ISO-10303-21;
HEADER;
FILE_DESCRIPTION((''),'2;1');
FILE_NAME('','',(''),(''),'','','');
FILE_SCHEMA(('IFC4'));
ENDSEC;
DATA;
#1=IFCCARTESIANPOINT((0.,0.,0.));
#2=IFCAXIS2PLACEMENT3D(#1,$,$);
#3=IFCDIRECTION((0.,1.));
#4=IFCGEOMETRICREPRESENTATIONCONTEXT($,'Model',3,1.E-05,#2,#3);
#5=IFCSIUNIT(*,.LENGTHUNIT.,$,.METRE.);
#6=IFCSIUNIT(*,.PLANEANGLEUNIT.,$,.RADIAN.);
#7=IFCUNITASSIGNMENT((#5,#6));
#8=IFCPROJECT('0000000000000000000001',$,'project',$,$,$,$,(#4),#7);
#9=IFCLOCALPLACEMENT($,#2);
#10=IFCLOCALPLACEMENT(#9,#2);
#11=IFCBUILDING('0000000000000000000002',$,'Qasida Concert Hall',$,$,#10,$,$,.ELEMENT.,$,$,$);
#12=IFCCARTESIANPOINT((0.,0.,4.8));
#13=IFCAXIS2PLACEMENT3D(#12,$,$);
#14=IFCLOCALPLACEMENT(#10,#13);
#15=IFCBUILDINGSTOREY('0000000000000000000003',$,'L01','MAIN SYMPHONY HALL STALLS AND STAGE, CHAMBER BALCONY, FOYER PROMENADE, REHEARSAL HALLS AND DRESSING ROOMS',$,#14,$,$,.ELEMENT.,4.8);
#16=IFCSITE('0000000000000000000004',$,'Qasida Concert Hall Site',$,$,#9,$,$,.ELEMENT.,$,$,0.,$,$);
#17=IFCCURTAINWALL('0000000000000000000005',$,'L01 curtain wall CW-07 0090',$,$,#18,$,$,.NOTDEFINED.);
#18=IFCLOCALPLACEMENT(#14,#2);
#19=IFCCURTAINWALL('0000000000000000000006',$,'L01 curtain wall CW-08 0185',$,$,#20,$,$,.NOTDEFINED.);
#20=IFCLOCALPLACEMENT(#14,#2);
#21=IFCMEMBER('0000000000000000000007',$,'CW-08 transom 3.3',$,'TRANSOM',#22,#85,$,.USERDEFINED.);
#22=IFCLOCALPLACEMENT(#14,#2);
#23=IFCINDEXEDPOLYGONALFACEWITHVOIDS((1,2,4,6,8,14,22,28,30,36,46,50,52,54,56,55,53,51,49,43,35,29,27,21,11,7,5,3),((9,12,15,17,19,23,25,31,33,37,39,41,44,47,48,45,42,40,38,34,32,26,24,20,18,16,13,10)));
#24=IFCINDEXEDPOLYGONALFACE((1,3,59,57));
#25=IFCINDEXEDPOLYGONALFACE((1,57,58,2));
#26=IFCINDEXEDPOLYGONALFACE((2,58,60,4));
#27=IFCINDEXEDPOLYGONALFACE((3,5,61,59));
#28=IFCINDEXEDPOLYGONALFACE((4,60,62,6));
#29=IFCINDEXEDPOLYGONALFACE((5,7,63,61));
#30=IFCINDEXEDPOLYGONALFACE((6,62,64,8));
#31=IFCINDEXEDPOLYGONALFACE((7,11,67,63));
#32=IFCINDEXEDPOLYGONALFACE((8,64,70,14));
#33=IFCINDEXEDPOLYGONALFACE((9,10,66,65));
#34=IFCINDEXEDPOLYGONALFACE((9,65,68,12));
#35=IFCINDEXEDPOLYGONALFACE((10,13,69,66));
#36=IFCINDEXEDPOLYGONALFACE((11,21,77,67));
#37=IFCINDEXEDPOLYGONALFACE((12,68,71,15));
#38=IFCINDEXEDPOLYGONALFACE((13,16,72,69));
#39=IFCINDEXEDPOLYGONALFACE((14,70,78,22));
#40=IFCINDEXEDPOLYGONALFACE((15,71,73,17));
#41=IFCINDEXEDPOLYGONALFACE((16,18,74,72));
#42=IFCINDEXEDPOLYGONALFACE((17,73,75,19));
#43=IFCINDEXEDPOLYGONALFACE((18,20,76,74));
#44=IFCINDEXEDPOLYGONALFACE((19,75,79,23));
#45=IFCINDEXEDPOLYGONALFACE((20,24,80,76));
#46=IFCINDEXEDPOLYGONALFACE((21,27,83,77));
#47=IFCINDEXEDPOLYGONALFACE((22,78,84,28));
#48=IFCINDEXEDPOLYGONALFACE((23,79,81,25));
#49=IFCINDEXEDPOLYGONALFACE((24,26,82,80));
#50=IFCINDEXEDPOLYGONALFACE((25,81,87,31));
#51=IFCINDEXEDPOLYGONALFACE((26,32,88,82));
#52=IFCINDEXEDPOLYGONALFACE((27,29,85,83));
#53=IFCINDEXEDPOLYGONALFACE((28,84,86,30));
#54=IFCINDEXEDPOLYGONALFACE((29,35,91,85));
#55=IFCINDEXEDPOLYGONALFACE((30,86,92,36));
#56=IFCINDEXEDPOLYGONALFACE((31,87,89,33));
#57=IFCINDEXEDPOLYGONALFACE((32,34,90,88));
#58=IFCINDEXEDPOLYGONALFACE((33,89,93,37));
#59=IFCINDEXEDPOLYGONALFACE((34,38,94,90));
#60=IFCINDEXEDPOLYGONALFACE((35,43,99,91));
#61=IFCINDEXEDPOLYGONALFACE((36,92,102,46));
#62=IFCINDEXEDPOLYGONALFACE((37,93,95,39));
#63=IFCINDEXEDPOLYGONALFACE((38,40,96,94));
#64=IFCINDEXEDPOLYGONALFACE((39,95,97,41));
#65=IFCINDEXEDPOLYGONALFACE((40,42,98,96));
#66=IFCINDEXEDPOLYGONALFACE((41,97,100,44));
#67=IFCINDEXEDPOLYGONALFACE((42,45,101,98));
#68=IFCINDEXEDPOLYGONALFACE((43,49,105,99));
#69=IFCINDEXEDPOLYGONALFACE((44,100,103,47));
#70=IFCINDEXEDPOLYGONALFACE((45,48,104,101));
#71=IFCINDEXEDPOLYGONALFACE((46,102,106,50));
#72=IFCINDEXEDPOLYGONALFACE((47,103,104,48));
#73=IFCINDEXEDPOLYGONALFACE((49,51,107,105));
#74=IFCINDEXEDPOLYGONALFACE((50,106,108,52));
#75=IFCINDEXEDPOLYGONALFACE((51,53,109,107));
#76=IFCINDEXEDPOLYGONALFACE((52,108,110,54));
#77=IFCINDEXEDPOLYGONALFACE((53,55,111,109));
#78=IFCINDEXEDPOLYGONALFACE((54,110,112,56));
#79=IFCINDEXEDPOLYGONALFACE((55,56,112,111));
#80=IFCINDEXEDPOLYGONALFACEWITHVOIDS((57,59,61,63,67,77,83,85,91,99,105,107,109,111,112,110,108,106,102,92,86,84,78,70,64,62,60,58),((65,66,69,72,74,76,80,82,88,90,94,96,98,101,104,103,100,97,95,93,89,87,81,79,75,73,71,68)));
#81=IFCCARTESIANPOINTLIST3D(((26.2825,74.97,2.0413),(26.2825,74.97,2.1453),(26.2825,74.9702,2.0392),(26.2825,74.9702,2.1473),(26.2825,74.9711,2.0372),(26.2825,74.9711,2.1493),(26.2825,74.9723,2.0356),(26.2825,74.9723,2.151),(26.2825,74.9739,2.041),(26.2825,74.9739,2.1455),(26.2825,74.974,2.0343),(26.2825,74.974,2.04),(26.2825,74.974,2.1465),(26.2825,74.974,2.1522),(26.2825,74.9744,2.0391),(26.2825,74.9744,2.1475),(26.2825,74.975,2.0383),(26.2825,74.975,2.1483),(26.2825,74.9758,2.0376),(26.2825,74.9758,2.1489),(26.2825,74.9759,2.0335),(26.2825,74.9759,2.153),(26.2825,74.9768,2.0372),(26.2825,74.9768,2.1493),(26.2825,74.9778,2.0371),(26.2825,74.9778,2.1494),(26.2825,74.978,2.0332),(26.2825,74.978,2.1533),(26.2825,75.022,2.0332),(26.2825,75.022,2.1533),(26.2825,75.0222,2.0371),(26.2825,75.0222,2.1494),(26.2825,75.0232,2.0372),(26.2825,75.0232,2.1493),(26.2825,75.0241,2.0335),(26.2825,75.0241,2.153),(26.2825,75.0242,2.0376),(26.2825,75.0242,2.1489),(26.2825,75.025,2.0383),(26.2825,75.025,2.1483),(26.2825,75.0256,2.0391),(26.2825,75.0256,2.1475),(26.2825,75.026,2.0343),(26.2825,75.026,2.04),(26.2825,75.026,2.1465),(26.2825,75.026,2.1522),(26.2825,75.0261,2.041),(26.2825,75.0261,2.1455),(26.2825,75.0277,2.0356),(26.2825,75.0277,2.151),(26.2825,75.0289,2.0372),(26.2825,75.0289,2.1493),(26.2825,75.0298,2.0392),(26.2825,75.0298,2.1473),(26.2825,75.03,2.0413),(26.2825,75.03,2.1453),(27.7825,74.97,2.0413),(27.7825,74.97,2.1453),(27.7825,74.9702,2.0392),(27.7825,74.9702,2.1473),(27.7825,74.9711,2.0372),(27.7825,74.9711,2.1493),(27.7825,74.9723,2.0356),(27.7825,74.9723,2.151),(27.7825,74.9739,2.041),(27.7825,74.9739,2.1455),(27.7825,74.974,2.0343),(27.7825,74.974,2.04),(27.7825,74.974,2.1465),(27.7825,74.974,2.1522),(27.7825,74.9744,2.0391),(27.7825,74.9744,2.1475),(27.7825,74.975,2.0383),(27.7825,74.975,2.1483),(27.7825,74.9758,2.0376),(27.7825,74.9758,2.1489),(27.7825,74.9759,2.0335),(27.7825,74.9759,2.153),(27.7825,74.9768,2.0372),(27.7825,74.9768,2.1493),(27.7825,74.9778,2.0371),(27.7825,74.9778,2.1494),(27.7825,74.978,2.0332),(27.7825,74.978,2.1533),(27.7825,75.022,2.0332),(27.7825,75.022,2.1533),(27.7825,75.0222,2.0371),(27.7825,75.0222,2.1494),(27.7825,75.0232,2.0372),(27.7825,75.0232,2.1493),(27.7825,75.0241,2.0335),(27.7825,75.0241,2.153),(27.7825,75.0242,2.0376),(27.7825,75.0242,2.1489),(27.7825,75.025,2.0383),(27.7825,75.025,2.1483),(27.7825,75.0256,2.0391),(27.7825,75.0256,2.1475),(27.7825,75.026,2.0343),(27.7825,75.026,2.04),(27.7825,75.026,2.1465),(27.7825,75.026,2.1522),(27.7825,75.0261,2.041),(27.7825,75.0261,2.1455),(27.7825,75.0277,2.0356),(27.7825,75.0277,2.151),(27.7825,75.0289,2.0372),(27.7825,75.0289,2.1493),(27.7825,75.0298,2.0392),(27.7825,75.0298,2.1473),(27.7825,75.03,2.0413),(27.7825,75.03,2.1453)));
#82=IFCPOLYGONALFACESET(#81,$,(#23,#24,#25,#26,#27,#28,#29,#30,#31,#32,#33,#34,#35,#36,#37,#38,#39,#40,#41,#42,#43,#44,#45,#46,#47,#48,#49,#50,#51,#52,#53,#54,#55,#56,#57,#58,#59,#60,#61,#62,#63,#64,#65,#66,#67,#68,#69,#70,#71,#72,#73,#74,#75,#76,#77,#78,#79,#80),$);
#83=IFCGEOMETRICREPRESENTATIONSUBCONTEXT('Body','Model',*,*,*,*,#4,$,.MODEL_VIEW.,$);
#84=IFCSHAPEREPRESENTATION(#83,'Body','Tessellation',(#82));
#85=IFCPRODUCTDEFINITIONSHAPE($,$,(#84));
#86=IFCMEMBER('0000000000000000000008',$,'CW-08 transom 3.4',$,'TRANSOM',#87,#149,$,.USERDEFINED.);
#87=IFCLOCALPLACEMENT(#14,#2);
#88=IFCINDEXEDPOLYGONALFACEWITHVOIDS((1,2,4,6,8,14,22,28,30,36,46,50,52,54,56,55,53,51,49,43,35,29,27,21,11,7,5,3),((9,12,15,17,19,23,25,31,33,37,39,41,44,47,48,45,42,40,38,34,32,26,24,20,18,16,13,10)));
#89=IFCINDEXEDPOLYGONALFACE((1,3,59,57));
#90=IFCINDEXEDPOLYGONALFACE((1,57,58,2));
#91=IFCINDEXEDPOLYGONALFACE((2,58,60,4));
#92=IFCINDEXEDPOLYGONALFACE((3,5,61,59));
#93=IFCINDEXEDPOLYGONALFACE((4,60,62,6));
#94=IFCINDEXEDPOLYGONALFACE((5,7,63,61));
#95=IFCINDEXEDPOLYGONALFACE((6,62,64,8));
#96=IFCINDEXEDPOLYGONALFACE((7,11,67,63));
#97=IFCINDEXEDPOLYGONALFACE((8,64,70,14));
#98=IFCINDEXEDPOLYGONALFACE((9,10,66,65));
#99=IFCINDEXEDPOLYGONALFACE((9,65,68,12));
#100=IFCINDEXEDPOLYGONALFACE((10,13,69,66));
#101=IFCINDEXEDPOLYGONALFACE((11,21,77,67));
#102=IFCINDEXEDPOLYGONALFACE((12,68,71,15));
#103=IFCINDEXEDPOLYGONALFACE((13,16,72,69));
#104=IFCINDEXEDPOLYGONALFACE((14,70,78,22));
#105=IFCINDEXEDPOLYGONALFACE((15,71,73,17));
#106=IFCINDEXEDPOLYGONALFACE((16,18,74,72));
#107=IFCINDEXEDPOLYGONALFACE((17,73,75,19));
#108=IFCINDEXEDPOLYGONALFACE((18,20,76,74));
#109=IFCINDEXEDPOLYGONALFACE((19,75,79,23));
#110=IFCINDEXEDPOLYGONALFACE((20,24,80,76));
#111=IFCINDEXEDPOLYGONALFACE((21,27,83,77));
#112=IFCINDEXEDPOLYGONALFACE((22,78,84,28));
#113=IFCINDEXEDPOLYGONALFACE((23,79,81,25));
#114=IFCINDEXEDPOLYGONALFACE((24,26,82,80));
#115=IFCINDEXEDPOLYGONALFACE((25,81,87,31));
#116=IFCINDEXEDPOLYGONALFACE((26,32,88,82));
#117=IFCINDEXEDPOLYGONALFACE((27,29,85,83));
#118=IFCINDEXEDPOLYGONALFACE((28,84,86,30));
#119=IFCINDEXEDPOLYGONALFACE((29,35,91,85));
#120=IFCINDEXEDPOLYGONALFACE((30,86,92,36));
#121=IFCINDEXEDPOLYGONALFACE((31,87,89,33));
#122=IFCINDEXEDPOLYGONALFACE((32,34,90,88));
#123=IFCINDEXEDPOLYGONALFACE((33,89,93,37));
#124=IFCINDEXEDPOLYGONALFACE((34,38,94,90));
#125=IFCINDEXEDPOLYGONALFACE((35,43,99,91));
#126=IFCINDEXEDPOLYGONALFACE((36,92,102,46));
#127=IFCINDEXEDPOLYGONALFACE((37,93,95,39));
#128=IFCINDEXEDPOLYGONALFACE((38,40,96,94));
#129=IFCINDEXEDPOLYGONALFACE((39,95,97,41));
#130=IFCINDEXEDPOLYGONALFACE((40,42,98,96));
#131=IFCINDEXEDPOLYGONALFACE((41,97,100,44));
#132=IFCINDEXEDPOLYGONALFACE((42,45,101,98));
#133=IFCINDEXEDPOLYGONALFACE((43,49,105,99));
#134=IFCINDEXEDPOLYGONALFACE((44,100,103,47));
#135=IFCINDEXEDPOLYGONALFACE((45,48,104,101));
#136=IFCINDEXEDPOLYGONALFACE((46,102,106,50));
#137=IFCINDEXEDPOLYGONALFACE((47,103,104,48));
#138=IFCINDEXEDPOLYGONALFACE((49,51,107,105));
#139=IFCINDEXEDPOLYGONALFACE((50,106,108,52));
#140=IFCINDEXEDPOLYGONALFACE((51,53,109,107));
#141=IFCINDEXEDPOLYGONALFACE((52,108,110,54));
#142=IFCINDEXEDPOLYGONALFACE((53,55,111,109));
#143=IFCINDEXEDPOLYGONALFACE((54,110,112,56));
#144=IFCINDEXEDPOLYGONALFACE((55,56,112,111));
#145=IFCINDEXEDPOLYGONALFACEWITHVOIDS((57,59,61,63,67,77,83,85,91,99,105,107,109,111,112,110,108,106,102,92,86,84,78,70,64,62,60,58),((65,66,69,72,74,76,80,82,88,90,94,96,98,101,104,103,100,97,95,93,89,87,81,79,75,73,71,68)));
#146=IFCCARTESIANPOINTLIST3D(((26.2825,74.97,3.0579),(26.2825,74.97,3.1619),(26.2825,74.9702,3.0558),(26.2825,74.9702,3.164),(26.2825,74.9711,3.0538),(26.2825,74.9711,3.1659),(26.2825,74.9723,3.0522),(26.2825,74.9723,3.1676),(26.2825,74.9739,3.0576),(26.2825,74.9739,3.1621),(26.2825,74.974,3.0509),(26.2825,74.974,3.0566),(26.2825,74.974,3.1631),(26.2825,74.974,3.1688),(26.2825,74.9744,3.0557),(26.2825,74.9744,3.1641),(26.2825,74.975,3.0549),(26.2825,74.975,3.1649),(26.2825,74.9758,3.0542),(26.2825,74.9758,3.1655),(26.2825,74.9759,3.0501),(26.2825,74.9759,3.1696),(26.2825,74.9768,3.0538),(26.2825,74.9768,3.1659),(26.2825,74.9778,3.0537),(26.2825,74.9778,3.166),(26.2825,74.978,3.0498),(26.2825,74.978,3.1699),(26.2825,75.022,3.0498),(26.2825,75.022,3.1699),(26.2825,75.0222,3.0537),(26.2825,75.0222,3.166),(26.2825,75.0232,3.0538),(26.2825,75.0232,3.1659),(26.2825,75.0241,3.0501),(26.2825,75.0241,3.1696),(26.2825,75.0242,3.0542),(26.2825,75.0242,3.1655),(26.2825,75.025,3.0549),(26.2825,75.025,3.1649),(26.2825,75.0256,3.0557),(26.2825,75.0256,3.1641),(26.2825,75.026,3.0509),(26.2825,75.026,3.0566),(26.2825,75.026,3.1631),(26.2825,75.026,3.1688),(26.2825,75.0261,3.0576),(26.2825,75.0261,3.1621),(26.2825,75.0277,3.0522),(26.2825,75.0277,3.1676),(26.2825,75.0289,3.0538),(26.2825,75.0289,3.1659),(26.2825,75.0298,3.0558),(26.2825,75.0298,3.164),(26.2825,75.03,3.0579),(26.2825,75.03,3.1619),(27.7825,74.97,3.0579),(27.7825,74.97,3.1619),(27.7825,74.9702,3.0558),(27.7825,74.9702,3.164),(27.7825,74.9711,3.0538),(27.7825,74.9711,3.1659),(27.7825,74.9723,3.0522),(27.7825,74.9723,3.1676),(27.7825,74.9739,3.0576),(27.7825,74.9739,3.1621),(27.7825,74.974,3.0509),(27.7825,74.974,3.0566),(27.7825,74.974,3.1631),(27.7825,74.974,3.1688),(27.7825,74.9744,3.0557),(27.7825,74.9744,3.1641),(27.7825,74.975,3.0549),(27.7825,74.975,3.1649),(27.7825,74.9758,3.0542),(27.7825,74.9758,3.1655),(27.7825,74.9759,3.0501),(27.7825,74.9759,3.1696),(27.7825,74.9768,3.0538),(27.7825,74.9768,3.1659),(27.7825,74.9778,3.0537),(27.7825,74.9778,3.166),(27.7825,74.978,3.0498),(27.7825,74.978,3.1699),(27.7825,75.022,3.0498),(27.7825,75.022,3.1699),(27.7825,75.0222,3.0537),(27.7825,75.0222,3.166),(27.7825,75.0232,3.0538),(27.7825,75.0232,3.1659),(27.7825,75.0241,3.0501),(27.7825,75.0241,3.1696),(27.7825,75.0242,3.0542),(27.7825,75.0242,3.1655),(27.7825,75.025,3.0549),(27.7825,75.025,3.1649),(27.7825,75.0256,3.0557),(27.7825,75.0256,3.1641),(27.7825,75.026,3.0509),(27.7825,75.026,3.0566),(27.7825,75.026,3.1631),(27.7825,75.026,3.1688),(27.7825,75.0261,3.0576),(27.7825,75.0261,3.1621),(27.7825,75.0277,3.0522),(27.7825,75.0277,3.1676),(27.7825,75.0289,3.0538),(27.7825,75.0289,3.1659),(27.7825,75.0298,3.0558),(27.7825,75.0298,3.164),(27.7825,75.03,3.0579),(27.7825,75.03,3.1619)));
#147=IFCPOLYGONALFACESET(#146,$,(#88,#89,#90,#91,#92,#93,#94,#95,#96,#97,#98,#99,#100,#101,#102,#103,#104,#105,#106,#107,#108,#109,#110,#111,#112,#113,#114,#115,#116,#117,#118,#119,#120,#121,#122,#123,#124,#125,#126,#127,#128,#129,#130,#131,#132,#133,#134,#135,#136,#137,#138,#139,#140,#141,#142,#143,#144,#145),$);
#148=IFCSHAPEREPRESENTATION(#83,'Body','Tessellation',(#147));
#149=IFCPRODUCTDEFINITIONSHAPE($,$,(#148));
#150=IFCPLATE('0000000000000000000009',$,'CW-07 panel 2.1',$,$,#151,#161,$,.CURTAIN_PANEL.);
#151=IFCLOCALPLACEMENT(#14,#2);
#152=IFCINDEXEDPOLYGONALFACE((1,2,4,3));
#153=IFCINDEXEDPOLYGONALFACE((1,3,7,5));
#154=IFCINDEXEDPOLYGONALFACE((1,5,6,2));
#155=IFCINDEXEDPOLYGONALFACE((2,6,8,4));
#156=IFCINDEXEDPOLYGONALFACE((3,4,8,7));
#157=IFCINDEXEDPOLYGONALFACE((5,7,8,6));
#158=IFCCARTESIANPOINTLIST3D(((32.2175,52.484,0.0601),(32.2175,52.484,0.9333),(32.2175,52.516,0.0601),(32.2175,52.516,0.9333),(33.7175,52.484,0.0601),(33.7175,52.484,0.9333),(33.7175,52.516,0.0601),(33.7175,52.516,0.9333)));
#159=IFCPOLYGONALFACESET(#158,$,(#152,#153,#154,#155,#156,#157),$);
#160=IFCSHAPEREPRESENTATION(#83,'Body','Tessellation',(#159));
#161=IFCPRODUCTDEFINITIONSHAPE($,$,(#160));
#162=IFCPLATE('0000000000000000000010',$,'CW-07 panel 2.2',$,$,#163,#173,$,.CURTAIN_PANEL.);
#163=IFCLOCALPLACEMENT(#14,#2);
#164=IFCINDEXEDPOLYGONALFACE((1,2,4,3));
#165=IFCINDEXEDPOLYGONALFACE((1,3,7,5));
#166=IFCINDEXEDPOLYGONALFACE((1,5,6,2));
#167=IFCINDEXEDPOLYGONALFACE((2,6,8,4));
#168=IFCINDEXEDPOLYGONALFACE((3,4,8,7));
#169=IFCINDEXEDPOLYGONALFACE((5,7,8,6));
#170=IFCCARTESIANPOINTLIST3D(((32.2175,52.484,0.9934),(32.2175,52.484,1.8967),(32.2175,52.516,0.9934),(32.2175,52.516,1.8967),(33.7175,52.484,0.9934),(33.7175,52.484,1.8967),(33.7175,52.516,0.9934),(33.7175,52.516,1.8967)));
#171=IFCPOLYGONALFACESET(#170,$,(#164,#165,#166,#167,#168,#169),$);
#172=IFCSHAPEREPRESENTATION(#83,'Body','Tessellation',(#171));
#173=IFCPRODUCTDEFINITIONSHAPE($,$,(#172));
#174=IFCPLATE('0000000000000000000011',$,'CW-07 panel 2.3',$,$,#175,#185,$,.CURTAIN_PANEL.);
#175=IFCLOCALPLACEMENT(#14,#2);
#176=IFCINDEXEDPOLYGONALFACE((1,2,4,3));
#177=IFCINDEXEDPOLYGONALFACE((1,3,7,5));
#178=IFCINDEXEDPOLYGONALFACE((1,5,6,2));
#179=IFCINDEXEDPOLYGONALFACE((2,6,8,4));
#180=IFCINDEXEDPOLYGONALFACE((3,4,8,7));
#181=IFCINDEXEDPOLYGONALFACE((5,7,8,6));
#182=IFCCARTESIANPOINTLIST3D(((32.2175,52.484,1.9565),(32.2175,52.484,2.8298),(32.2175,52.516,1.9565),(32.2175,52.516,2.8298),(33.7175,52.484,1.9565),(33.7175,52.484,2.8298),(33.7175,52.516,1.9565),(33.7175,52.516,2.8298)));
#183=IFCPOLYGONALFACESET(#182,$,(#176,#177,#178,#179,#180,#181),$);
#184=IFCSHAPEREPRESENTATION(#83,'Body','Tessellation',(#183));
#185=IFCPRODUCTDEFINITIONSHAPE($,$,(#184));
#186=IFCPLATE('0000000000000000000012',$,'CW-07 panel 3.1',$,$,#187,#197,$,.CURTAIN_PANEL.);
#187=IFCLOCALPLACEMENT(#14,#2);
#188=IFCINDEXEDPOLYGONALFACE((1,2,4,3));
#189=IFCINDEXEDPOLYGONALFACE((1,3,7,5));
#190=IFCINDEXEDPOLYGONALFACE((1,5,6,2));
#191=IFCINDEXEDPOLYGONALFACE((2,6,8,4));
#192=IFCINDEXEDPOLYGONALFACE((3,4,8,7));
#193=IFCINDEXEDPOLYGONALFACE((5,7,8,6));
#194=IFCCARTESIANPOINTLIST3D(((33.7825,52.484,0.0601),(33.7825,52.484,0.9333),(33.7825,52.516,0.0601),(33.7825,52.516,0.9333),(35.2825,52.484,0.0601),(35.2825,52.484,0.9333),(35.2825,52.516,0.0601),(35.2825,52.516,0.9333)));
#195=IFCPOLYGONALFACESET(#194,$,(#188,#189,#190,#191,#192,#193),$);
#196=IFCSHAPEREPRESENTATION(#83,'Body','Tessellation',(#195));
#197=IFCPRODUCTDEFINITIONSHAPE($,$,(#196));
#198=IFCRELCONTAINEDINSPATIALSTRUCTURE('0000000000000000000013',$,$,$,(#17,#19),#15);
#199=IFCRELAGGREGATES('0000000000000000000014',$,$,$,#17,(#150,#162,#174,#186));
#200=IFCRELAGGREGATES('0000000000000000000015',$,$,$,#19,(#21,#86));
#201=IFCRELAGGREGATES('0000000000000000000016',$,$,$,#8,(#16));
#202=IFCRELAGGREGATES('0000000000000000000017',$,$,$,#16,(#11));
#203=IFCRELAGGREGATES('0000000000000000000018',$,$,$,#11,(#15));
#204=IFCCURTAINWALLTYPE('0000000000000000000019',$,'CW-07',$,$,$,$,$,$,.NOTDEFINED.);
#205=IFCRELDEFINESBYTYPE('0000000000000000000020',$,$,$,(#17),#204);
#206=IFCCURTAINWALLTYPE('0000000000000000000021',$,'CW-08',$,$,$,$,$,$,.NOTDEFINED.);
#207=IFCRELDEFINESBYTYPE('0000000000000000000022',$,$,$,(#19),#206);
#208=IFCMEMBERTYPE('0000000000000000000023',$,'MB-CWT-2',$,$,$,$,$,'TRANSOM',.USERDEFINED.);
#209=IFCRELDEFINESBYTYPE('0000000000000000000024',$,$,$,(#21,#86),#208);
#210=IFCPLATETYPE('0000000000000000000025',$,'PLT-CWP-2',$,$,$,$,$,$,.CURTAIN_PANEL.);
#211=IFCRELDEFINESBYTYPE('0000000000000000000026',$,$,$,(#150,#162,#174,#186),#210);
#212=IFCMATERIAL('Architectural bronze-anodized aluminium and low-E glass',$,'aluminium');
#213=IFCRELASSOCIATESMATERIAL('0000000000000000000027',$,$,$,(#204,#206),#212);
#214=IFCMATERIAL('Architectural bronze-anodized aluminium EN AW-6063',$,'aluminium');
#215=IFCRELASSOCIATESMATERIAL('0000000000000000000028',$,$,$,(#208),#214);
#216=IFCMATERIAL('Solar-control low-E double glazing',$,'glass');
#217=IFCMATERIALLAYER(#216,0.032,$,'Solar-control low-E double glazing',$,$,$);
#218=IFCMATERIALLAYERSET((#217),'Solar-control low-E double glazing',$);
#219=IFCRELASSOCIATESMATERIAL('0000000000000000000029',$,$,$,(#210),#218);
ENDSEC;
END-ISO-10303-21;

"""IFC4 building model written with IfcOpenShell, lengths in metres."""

from ifc_helpers import new_model, si_unit, direction, frame, origin, origin_2d, place, context, subcontext, project, spatial, rectangle, hollow_rectangle, extrude, material, layer, layer_set, material_profile, profile_set, type_object, element, aggregate, save


model = new_model("IFC4")

# Units and contexts
model_context = context("Model", 3, precision=1e-05, world=origin(), true_north=direction((0.0, 1.0)))
body_context = subcontext(model_context, "Body", "Model", "MODEL_VIEW")
ifc_project = project(units=[si_unit("LENGTHUNIT", "METRE"), si_unit("PLANEANGLEUNIT", "RADIAN")], contexts=[model_context])

# Site, building, storey
site_placement = place(None, origin())
site = spatial("IfcSite", under=ifc_project, at=site_placement, Name="Qasida Concert Hall Site", CompositionType="ELEMENT", RefElevation=0.0)
building_placement = place(site_placement, origin())
building = spatial("IfcBuilding", under=site, at=building_placement, Name="Qasida Concert Hall", CompositionType="ELEMENT")
storey_placement = place(building_placement, frame((0.0, 0.0, 4.8)))
storey = spatial("IfcBuildingStorey", under=building, at=storey_placement, Name="L01", Description="MAIN SYMPHONY HALL STALLS AND STAGE, CHAMBER BALCONY, FOYER PROMENADE, REHEARSAL HALLS AND DRESSING ROOMS", CompositionType="ELEMENT", Elevation=4.8)

# Curtain walls
ifc_material_1 = material(Name="Architectural bronze-anodized aluminium and low-E glass", Category="aluminium")
curtain_wall_type_1 = type_object("IfcCurtainWallType", Name="CW-07", PredefinedType="NOTDEFINED", material=ifc_material_1)
curtain_wall_1_placement = place(storey_placement, origin())
curtain_wall_1 = element("IfcCurtainWall", 1, at=curtain_wall_1_placement, inside=storey, type_object=curtain_wall_type_1, Name="L01 curtain wall CW-07 0090", PredefinedType="NOTDEFINED")
ifc_material_2 = material(Name="Architectural bronze-anodized aluminium EN AW-6063", Category="aluminium")
curtain_wall_type_2 = type_object("IfcCurtainWallType", Name="CW-08", PredefinedType="NOTDEFINED", material=ifc_material_1)
curtain_wall_2_placement = place(storey_placement, origin())
curtain_wall_2 = element("IfcCurtainWall", 2, at=curtain_wall_2_placement, inside=storey, type_object=curtain_wall_type_2, Name="L01 curtain wall CW-08 0185", PredefinedType="NOTDEFINED")

# Members
ifc_material_profile_1 = material_profile(ifc_material_2, hollow_rectangle(XDim=0.0601, YDim=0.1201, WallThickness=0.0039, InnerFilletRadius=0.0039, OuterFilletRadius=0.0081, at=origin_2d()), Name="CWT 120x60x4")
ifc_profile_set_1 = profile_set([ifc_material_profile_1], Name="Architectural bronze-anodized aluminium EN AW-6063")
member_type_1 = type_object("IfcMemberType", Name="MB-CWT-2", ElementType="TRANSOM", PredefinedType="USERDEFINED", material=ifc_profile_set_1)
member_1_placement = place(storey_placement, frame((26.2825, 75.0, 2.0933), z_axis=(1.0, 0.0, 0.0), x_axis=(0.0, 1.0, 0.0)))
member_1 = element("IfcMember", 3, at=member_1_placement, type_object=member_type_1, Name="CW-08 transom 3.3", ObjectType="TRANSOM", PredefinedType="USERDEFINED", context=body_context, shape_type="SweptSolid", body=[
    extrude(hollow_rectangle(XDim=0.0601, YDim=0.1201, WallThickness=0.0039, InnerFilletRadius=0.0039, OuterFilletRadius=0.0081, at=origin_2d()), origin(), (0.0, 0.0, 1.0), 1.5),
])
member_2_placement = place(storey_placement, frame((26.2825, 75.0, 3.1099), z_axis=(1.0, 0.0, 0.0), x_axis=(0.0, 1.0, 0.0)))
member_2 = element("IfcMember", 4, at=member_2_placement, type_object=member_type_1, Name="CW-08 transom 3.4", ObjectType="TRANSOM", PredefinedType="USERDEFINED", context=body_context, shape_type="SweptSolid", body=[
    extrude(hollow_rectangle(XDim=0.0601, YDim=0.1201, WallThickness=0.0039, InnerFilletRadius=0.0039, OuterFilletRadius=0.0081, at=origin_2d()), origin(), (0.0, 0.0, 1.0), 1.5),
])

# Plates
ifc_material_3 = material(Name="Solar-control low-E double glazing", Category="glass")
ifc_layer_1 = layer(ifc_material_3, 0.032, Name="Solar-control low-E double glazing")
ifc_layer_set_1 = layer_set([ifc_layer_1], Name="Solar-control low-E double glazing")
plate_type_1 = type_object("IfcPlateType", Name="PLT-CWP-2", PredefinedType="CURTAIN_PANEL", material=ifc_layer_set_1)
plate_1_placement = place(storey_placement, frame((32.9675, 52.5, 0.0601), z_axis=(0.0, 0.0, 1.0), x_axis=(1.0, 0.0, 0.0)))
plate_1 = element("IfcPlate", 5, at=plate_1_placement, type_object=plate_type_1, Name="CW-07 panel 2.1", PredefinedType="CURTAIN_PANEL", context=body_context, shape_type="SweptSolid", body=[
    extrude(rectangle(XDim=1.5, YDim=0.032, at=origin_2d()), origin(), (0.0, 0.0, 1.0), 0.8733),
])
plate_2_placement = place(storey_placement, frame((32.9675, 52.5, 0.9934), z_axis=(0.0, 0.0, 1.0), x_axis=(1.0, 0.0, 0.0)))
plate_2 = element("IfcPlate", 6, at=plate_2_placement, type_object=plate_type_1, Name="CW-07 panel 2.2", PredefinedType="CURTAIN_PANEL", context=body_context, shape_type="SweptSolid", body=[
    extrude(rectangle(XDim=1.5, YDim=0.032, at=origin_2d()), origin(), (0.0, 0.0, 1.0), 0.9033),
])
plate_3_placement = place(storey_placement, frame((32.9675, 52.5, 1.9565), z_axis=(0.0, 0.0, 1.0), x_axis=(1.0, 0.0, 0.0)))
plate_3 = element("IfcPlate", 7, at=plate_3_placement, type_object=plate_type_1, Name="CW-07 panel 2.3", PredefinedType="CURTAIN_PANEL", context=body_context, shape_type="SweptSolid", body=[
    extrude(rectangle(XDim=1.5, YDim=0.032, at=origin_2d()), origin(), (0.0, 0.0, 1.0), 0.8733),
])
plate_4_placement = place(storey_placement, frame((34.5325, 52.5, 0.0601), z_axis=(0.0, 0.0, 1.0), x_axis=(1.0, 0.0, 0.0)))
plate_4 = element("IfcPlate", 8, at=plate_4_placement, type_object=plate_type_1, Name="CW-07 panel 3.1", PredefinedType="CURTAIN_PANEL", context=body_context, shape_type="SweptSolid", body=[
    extrude(rectangle(XDim=1.5, YDim=0.032, at=origin_2d()), origin(), (0.0, 0.0, 1.0), 0.8733),
])
aggregate(curtain_wall_1, [plate_1, plate_2, plate_3, plate_4])
aggregate(curtain_wall_2, [member_1, member_2])

save(model, "model.ifc")
